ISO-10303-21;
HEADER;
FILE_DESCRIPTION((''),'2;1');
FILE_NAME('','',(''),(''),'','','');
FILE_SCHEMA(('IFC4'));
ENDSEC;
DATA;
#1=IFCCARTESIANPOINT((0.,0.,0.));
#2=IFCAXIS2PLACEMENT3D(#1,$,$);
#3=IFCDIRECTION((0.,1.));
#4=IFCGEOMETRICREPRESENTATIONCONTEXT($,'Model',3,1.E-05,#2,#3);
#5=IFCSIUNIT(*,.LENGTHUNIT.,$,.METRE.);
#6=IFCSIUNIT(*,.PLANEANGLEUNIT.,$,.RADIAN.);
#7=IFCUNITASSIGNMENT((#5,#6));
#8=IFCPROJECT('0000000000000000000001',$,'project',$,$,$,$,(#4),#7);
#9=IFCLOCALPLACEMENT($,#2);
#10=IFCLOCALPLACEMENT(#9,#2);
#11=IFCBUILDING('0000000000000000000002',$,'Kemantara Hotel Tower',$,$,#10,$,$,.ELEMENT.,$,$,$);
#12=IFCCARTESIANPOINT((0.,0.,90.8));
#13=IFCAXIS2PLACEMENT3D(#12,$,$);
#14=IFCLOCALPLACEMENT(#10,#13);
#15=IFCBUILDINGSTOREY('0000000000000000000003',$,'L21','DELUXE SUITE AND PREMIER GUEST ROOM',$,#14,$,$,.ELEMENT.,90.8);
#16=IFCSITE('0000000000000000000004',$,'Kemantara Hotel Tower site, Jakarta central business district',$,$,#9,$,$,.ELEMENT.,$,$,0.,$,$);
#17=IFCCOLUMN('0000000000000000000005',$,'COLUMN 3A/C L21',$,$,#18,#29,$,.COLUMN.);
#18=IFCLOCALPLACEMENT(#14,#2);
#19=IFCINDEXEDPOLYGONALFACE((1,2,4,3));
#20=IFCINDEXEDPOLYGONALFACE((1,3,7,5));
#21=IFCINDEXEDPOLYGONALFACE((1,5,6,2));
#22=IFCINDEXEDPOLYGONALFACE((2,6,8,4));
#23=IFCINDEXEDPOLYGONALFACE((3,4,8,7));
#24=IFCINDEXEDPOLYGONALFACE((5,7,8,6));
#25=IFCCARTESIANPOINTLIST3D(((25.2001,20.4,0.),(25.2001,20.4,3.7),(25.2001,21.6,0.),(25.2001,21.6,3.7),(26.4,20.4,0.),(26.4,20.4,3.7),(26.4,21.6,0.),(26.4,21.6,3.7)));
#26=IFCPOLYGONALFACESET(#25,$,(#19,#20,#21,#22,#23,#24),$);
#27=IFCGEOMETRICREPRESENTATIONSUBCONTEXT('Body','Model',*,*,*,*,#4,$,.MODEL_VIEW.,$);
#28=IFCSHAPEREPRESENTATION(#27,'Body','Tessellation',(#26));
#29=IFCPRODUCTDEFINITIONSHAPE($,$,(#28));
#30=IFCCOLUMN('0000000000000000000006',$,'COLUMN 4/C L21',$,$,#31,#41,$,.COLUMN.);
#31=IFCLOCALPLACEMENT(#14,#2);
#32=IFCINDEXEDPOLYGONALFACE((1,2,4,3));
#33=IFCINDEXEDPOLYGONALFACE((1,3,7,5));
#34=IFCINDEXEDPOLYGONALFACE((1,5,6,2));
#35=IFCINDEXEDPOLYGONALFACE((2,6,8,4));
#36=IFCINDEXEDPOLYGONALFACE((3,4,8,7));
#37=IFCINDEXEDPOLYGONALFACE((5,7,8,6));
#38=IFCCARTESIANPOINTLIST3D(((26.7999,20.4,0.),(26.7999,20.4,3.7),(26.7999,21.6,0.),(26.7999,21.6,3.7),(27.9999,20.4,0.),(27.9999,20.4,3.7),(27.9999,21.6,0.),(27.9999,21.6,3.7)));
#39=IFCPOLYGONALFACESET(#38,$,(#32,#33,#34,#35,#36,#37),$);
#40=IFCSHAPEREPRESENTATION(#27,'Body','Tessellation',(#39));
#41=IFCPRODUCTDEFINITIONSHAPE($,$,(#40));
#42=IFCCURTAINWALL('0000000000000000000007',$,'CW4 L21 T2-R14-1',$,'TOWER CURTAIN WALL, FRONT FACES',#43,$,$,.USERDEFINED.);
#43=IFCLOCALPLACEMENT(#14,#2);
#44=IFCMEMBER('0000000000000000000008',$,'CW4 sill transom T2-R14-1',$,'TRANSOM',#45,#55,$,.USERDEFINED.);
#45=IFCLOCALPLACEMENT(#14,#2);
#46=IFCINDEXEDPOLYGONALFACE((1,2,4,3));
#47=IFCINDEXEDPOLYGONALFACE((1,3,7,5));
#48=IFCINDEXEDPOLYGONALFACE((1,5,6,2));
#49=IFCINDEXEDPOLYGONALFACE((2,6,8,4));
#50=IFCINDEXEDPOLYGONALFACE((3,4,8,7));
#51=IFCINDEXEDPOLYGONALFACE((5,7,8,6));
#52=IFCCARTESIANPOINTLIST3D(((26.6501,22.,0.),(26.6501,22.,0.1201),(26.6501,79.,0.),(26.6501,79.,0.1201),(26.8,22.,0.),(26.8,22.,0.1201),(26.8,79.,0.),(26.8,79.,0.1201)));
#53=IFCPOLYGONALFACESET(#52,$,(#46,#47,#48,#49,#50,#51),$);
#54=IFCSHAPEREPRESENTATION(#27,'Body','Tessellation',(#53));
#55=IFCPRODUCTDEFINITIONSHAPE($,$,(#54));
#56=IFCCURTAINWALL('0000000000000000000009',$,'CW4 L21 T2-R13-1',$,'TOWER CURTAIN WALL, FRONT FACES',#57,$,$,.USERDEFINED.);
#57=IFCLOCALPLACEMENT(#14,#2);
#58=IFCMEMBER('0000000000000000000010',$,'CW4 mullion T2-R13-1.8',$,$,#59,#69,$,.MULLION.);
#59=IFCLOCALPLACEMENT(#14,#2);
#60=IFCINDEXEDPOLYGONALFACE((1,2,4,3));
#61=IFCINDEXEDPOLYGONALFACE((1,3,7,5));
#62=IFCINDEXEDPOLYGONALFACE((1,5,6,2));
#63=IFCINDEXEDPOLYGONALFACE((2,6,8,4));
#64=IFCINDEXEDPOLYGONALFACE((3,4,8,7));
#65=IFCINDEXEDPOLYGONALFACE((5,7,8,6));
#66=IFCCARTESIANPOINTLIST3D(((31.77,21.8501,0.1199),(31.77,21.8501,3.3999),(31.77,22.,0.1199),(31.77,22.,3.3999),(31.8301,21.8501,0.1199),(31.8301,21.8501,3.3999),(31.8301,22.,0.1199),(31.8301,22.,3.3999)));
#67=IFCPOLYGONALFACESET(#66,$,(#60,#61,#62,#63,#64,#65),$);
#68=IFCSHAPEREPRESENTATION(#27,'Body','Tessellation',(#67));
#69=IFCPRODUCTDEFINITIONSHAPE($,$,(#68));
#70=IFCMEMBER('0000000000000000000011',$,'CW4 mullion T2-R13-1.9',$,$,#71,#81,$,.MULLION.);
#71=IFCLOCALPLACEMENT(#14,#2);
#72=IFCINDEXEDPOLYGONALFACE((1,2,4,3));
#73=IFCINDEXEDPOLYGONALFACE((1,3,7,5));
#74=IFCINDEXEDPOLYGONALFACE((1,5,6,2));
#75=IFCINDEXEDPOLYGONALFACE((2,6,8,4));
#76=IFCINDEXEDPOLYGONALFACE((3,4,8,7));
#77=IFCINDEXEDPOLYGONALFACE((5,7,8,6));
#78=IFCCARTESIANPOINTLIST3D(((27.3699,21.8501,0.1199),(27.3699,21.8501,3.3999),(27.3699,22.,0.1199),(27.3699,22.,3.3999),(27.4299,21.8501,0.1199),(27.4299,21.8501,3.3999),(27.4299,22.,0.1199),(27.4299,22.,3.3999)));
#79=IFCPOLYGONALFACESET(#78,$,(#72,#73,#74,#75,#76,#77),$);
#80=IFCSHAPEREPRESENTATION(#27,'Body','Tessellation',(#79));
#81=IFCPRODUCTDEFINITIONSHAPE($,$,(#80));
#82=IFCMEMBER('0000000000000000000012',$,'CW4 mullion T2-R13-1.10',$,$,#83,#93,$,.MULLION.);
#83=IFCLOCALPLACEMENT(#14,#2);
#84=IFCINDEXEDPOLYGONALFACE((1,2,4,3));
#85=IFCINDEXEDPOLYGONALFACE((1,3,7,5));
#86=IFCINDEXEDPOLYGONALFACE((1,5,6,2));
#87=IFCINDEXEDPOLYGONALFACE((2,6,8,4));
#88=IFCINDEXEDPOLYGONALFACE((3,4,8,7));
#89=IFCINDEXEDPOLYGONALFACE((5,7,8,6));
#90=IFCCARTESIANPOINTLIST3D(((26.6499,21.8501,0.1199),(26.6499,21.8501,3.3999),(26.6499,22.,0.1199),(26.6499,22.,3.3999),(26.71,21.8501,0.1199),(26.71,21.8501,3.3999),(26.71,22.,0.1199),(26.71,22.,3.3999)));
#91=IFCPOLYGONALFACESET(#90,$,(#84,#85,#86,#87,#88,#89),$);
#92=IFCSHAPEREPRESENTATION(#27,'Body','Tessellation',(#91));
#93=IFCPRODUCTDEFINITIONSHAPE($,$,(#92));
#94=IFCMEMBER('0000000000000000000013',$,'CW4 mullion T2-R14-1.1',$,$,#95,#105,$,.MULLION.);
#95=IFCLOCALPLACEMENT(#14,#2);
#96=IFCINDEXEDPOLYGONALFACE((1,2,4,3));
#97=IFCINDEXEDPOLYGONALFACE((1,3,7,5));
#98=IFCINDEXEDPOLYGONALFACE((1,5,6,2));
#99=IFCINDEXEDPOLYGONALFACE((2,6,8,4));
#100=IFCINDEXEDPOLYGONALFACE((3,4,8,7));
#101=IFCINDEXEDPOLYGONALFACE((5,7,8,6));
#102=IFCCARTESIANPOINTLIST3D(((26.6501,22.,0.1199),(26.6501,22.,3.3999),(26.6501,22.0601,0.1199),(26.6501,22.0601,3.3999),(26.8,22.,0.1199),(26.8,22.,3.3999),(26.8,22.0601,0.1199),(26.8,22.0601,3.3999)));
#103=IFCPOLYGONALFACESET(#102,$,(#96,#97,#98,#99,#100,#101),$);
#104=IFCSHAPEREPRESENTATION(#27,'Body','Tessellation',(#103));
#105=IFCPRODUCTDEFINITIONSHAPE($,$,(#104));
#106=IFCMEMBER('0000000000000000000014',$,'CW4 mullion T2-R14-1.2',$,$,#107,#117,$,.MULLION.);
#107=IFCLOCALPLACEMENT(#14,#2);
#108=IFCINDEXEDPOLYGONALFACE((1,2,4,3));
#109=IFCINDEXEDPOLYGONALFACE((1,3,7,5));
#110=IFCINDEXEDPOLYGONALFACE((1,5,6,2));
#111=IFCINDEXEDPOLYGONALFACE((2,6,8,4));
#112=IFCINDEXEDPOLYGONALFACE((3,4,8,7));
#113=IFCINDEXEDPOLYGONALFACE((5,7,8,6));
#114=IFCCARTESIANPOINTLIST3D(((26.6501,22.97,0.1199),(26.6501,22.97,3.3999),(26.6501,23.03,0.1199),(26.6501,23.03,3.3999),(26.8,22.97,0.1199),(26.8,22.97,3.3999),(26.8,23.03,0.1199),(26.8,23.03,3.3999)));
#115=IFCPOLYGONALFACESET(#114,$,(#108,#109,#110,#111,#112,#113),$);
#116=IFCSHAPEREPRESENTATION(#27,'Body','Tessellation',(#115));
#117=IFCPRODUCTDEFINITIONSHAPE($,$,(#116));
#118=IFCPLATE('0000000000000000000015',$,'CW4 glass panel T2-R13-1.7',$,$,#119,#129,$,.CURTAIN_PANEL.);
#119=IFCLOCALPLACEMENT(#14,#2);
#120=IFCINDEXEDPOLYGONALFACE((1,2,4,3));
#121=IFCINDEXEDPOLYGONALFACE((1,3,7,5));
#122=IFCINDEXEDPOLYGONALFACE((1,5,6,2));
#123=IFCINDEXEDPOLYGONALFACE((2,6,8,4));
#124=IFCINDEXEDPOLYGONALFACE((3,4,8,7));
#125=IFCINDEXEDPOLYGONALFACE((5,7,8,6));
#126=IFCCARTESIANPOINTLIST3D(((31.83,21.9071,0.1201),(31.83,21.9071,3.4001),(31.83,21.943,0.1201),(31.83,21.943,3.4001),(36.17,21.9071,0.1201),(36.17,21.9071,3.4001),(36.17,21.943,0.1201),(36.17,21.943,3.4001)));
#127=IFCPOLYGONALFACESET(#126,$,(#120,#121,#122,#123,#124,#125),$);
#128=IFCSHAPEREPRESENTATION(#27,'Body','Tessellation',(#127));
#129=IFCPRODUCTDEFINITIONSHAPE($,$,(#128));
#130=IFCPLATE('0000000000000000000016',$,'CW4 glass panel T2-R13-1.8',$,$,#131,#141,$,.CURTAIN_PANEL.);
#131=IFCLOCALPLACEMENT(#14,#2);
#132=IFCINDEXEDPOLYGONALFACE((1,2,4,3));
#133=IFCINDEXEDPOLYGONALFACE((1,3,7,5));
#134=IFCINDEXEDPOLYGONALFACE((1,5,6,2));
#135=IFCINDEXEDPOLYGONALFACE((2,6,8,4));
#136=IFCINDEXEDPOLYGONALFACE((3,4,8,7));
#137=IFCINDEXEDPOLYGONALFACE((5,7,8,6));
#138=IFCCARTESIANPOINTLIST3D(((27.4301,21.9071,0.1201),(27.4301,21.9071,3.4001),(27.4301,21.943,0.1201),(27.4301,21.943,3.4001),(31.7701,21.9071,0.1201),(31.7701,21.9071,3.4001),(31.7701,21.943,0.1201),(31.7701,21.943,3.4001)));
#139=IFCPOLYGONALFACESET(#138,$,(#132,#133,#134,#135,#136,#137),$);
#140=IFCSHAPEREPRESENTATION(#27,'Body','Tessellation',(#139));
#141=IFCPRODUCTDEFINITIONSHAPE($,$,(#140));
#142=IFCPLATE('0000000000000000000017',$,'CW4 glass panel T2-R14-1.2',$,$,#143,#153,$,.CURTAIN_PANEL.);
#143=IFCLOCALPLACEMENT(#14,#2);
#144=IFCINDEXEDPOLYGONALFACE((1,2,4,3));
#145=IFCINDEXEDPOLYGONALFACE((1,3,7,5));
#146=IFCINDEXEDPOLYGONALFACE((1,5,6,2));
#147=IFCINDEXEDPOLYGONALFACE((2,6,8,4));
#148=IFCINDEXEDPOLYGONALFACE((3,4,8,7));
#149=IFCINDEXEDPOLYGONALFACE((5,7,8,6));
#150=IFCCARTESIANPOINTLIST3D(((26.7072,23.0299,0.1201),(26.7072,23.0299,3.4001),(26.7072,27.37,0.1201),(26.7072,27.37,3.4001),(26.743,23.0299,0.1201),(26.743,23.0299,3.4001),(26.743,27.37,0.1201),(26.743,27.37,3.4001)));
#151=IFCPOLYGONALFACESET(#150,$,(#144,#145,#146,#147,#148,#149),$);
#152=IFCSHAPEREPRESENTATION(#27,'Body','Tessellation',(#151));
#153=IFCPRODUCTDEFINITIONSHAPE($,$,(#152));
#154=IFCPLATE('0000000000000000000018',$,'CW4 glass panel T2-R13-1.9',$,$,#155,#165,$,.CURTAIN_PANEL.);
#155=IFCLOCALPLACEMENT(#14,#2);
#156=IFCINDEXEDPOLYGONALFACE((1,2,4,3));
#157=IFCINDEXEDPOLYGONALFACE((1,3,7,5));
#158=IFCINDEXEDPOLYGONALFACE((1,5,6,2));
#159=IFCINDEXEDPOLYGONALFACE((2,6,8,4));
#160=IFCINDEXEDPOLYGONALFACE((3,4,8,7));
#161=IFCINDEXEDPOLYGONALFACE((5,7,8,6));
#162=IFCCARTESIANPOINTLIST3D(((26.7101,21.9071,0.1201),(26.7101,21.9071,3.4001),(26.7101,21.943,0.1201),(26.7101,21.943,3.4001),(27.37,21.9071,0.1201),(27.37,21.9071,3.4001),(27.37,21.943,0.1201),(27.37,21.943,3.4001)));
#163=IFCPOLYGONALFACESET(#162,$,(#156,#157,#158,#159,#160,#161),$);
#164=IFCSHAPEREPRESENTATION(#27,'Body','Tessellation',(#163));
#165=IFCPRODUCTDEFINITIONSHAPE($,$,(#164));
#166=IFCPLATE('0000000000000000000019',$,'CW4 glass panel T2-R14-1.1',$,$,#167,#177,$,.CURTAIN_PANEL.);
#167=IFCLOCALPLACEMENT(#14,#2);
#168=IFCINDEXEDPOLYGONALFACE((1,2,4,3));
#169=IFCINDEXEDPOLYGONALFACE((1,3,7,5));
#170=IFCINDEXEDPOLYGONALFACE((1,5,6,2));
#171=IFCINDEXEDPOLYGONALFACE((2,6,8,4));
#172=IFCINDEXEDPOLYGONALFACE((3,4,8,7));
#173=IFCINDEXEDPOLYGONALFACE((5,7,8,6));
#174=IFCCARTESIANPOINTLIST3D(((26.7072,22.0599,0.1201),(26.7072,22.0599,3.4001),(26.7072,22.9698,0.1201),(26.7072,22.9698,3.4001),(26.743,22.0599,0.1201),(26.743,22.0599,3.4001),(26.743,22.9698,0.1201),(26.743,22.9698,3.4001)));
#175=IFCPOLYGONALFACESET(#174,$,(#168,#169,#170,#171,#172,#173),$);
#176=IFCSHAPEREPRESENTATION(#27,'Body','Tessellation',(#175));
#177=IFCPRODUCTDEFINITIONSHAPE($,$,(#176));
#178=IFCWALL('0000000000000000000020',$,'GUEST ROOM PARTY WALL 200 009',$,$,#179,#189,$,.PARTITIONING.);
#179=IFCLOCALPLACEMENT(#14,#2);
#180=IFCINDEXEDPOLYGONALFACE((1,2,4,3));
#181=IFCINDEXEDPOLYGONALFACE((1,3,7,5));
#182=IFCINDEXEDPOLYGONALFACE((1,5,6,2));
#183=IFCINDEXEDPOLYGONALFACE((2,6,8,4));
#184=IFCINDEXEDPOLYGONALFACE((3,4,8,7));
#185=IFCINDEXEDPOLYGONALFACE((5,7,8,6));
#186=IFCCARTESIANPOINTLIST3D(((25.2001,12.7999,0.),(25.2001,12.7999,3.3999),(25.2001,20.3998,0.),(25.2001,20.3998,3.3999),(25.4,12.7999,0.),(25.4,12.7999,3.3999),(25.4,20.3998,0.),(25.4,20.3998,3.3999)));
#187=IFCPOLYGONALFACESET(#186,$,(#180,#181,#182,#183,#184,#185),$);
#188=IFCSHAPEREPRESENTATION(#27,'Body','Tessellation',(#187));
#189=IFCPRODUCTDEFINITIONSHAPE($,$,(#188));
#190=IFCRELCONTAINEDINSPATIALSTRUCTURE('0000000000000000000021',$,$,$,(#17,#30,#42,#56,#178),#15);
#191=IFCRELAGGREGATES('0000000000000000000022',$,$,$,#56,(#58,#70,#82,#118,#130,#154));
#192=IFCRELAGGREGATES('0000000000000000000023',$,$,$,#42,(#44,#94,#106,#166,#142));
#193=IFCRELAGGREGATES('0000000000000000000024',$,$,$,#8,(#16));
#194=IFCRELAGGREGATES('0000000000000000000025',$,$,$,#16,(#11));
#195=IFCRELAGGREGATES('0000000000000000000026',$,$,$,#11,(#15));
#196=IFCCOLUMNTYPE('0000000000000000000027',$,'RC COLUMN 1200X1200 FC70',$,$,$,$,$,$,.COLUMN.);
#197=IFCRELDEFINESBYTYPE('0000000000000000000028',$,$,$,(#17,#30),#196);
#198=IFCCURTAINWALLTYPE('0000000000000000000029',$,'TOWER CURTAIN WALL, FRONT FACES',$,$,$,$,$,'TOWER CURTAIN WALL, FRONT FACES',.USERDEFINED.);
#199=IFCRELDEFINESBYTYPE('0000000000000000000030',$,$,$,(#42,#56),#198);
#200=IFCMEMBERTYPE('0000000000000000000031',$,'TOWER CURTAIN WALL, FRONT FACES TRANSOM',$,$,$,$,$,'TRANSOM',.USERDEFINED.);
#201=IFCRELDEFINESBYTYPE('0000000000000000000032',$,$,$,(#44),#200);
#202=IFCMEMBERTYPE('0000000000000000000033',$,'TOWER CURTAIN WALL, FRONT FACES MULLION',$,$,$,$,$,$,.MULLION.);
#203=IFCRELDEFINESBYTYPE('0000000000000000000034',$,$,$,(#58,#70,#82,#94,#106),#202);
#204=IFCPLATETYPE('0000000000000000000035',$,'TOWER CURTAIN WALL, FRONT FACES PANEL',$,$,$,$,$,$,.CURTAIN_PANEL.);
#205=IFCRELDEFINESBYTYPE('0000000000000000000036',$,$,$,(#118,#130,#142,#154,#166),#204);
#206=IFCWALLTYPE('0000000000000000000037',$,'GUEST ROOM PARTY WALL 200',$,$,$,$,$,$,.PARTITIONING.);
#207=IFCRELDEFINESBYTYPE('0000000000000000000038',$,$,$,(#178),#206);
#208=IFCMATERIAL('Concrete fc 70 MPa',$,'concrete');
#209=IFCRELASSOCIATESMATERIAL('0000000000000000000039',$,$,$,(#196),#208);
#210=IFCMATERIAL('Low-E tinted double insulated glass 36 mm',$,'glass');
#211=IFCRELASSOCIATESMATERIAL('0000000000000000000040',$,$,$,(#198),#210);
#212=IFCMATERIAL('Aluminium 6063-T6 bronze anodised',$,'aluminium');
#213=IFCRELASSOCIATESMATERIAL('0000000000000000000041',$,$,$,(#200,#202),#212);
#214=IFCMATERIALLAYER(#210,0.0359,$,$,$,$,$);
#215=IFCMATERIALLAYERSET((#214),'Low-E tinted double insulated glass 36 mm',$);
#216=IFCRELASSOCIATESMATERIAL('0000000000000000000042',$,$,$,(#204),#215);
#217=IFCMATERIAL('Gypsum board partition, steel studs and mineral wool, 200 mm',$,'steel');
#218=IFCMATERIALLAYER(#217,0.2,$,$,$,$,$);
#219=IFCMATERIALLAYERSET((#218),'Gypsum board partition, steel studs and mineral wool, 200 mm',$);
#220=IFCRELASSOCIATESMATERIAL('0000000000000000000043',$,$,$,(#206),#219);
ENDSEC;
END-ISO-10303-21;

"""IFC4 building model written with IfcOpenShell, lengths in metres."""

from ifc_helpers import new_model, si_unit, direction, frame, frame_2d, origin, origin_2d, place, context, subcontext, project, spatial, rectangle, extrude, source, transform, mapped, material, layer, layer_set, material_profile, profile_set, type_object, element, aggregate, save


model = new_model("IFC4")

# Units and contexts
model_context = context("Model", 3, precision=1e-05, world=origin(), true_north=direction((0.0, 1.0)))
body_context = subcontext(model_context, "Body", "Model", "MODEL_VIEW")
ifc_project = project(units=[si_unit("LENGTHUNIT", "METRE"), si_unit("PLANEANGLEUNIT", "RADIAN")], contexts=[model_context])

# Site, building, storey
site_placement = place(None, origin())
site = spatial("IfcSite", under=ifc_project, at=site_placement, Name="Kemantara Hotel Tower site, Jakarta central business district", CompositionType="ELEMENT", RefElevation=0.0)
building_placement = place(site_placement, origin())
building = spatial("IfcBuilding", under=site, at=building_placement, Name="Kemantara Hotel Tower", CompositionType="ELEMENT")
storey_placement = place(building_placement, frame((0.0, 0.0, 90.8)))
storey = spatial("IfcBuildingStorey", under=building, at=storey_placement, Name="L21", Description="DELUXE SUITE AND PREMIER GUEST ROOM", CompositionType="ELEMENT", Elevation=90.8)

# Columns
ifc_material_1 = material(Name="Concrete fc 70 MPa", Category="concrete")
ifc_material_profile_1 = material_profile(ifc_material_1, rectangle(XDim=1.2, YDim=1.2, at=origin_2d()), Name="RC 1200X1200")
ifc_profile_set_1 = profile_set([ifc_material_profile_1], Name="Concrete fc 70 MPa")
column_type = type_object("IfcColumnType", Name="RC COLUMN 1200X1200 FC70", PredefinedType="COLUMN", material=ifc_profile_set_1)
for number, where, z_axis, x_axis, name in (
    (1, (25.8, 21.0, 0.0), (0.0, 0.0, 1.0), (1.0, 0.0, 0.0), "COLUMN 3A/C L21"),
    (2, (27.3999, 21.0, 0.0), (0.0, 0.0, 1.0), (1.0, 0.0, 0.0), "COLUMN 4/C L21"),
):
    element("IfcColumn", number, at=place(storey_placement, frame(where, z_axis=z_axis, x_axis=x_axis)), inside=storey, type_object=column_type, Name=name, PredefinedType="COLUMN", context=body_context, shape_type="SweptSolid", body=[
        extrude(rectangle(XDim=1.2, YDim=1.2, at=origin_2d()), origin(), (0.0, 0.0, 1.0), 3.7),
    ])

# Curtain wall, member
ifc_material_2 = material(Name="Low-E tinted double insulated glass 36 mm", Category="glass")
curtain_wall_type = type_object("IfcCurtainWallType", Name="TOWER CURTAIN WALL, FRONT FACES", ElementType="TOWER CURTAIN WALL, FRONT FACES", PredefinedType="USERDEFINED", material=ifc_material_2)
curtain_wall_1_placement = place(storey_placement, origin())
curtain_wall_1 = element("IfcCurtainWall", 3, at=curtain_wall_1_placement, inside=storey, type_object=curtain_wall_type, Name="CW4 L21 T2-R14-1", ObjectType="TOWER CURTAIN WALL, FRONT FACES", PredefinedType="USERDEFINED")
ifc_material_3 = material(Name="Aluminium 6063-T6 bronze anodised", Category="aluminium")
ifc_material_profile_2 = material_profile(ifc_material_3, rectangle(XDim=0.1499, YDim=0.1201, at=origin_2d()), Name="TOWER CURTAIN WALL, FRONT FACES TRANSOM")
ifc_profile_set_2 = profile_set([ifc_material_profile_2], Name="Aluminium 6063-T6 bronze anodised")
member_type_1 = type_object("IfcMemberType", Name="TOWER CURTAIN WALL, FRONT FACES TRANSOM", ElementType="TRANSOM", PredefinedType="USERDEFINED", material=ifc_profile_set_2)
member_1_placement = place(storey_placement, frame((26.7251, 22.0, 0.0601), z_axis=(0.0, 1.0, 0.0), x_axis=(-1.0, 0.0, 0.0)))
member_1 = element("IfcMember", 4, at=member_1_placement, type_object=member_type_1, Name="CW4 sill transom T2-R14-1", ObjectType="TRANSOM", PredefinedType="USERDEFINED", context=body_context, shape_type="SweptSolid", body=[
    extrude(rectangle(XDim=0.1499, YDim=0.1201, at=origin_2d()), origin(), (0.0, 0.0, 1.0), 57.0),
])

# Curtain wall, members
curtain_wall_2_placement = place(storey_placement, origin())
curtain_wall_2 = element("IfcCurtainWall", 5, at=curtain_wall_2_placement, inside=storey, type_object=curtain_wall_type, Name="CW4 L21 T2-R13-1", ObjectType="TOWER CURTAIN WALL, FRONT FACES", PredefinedType="USERDEFINED")
ifc_material_profile_3 = material_profile(ifc_material_3, rectangle(XDim=0.1499, YDim=0.0601, at=origin_2d()), Name="TOWER CURTAIN WALL, FRONT FACES MULLION")
ifc_profile_set_3 = profile_set([ifc_material_profile_3], Name="Aluminium 6063-T6 bronze anodised")
member_type_2 = type_object("IfcMemberType", Name="TOWER CURTAIN WALL, FRONT FACES MULLION", PredefinedType="MULLION", material=ifc_profile_set_3)
shared_shape_1 = source(origin(), body_context, "Body", "SweptSolid", [
    extrude(rectangle(XDim=0.1499, YDim=0.0601, at=origin_2d()), origin(), (0.0, 0.0, 1.0), 3.28),
])
member_2_placement = place(storey_placement, frame((31.8, 21.925, 0.1199), z_axis=(0.0, 0.0, 1.0), x_axis=(0.0, -1.0, 0.0)))
member_2 = element("IfcMember", 6, at=member_2_placement, type_object=member_type_2, Name="CW4 mullion T2-R13-1.8", PredefinedType="MULLION", context=body_context, shape_type="MappedRepresentation", body=[
    mapped(shared_shape_1, transform((0.0, 0.0, 0.0))),
])
member_3_placement = place(storey_placement, frame((27.3999, 21.925, 0.1199), z_axis=(0.0, 0.0, 1.0), x_axis=(0.0, -1.0, 0.0)))
member_3 = element("IfcMember", 7, at=member_3_placement, type_object=member_type_2, Name="CW4 mullion T2-R13-1.9", PredefinedType="MULLION", context=body_context, shape_type="MappedRepresentation", body=[
    mapped(shared_shape_1, transform((0.0, 0.0, 0.0))),
])
member_4_placement = place(storey_placement, frame((26.6799, 21.925, 0.1199), z_axis=(0.0, 0.0, 1.0), x_axis=(0.0, -1.0, 0.0)))
member_4 = element("IfcMember", 8, at=member_4_placement, type_object=member_type_2, Name="CW4 mullion T2-R13-1.10", PredefinedType="MULLION", context=body_context, shape_type="MappedRepresentation", body=[
    mapped(shared_shape_1, transform((0.0, 0.0, 0.0))),
])

# Members
member_5_placement = place(storey_placement, frame((26.7251, 22.03, 0.1199), z_axis=(0.0, 0.0, 1.0), x_axis=(-1.0, 0.0, 0.0)))
member_5 = element("IfcMember", 9, at=member_5_placement, type_object=member_type_2, Name="CW4 mullion T2-R14-1.1", PredefinedType="MULLION", context=body_context, shape_type="MappedRepresentation", body=[
    mapped(shared_shape_1, transform((0.0, 0.0, 0.0))),
])
member_6_placement = place(storey_placement, frame((26.7251, 23.0, 0.1199), z_axis=(0.0, 0.0, 1.0), x_axis=(-1.0, 0.0, 0.0)))
member_6 = element("IfcMember", 10, at=member_6_placement, type_object=member_type_2, Name="CW4 mullion T2-R14-1.2", PredefinedType="MULLION", context=body_context, shape_type="MappedRepresentation", body=[
    mapped(shared_shape_1, transform((0.0, 0.0, 0.0))),
])

# Plates
ifc_layer_1 = layer(ifc_material_2, 0.0359)
ifc_layer_set_1 = layer_set([ifc_layer_1], Name="Low-E tinted double insulated glass 36 mm")
plate_type = type_object("IfcPlateType", Name="TOWER CURTAIN WALL, FRONT FACES PANEL", PredefinedType="CURTAIN_PANEL", material=ifc_layer_set_1)
shared_shape_2 = source(origin(), body_context, "Body", "SweptSolid", [
    extrude(rectangle(XDim=4.3401, YDim=0.0359, at=origin_2d()), origin(), (0.0, 0.0, 1.0), 3.28),
])
plate_1_placement = place(storey_placement, frame((34.0, 21.925, 0.1201), z_axis=(0.0, 0.0, 1.0), x_axis=(-1.0, 0.0, 0.0)))
plate_1 = element("IfcPlate", 11, at=plate_1_placement, type_object=plate_type, Name="CW4 glass panel T2-R13-1.7", PredefinedType="CURTAIN_PANEL", context=body_context, shape_type="MappedRepresentation", body=[
    mapped(shared_shape_2, transform((0.0, 0.0, 0.0))),
])
plate_2_placement = place(storey_placement, frame((29.6001, 21.925, 0.1201), z_axis=(0.0, 0.0, 1.0), x_axis=(-1.0, 0.0, 0.0)))
plate_2 = element("IfcPlate", 12, at=plate_2_placement, type_object=plate_type, Name="CW4 glass panel T2-R13-1.8", PredefinedType="CURTAIN_PANEL", context=body_context, shape_type="MappedRepresentation", body=[
    mapped(shared_shape_2, transform((0.0, 0.0, 0.0))),
])
plate_3_placement = place(storey_placement, frame((26.7251, 25.2, 0.1201), z_axis=(0.0, 0.0, 1.0), x_axis=(0.0, 1.0, 0.0)))
plate_3 = element("IfcPlate", 13, at=plate_3_placement, type_object=plate_type, Name="CW4 glass panel T2-R14-1.2", PredefinedType="CURTAIN_PANEL", context=body_context, shape_type="MappedRepresentation", body=[
    mapped(shared_shape_2, transform((0.0, 0.0, 0.0))),
])
shared_shape_3 = source(origin(), body_context, "Body", "SweptSolid", [
    extrude(rectangle(XDim=0.6599, YDim=0.0359, at=origin_2d()), origin(), (0.0, 0.0, 1.0), 3.28),
])
plate_4_placement = place(storey_placement, frame((27.04, 21.925, 0.1201), z_axis=(0.0, 0.0, 1.0), x_axis=(-1.0, 0.0, 0.0)))
plate_4 = element("IfcPlate", 14, at=plate_4_placement, type_object=plate_type, Name="CW4 glass panel T2-R13-1.9", PredefinedType="CURTAIN_PANEL", context=body_context, shape_type="MappedRepresentation", body=[
    mapped(shared_shape_3, transform((0.0, 0.0, 0.0))),
])
aggregate(curtain_wall_2, [member_2, member_3, member_4, plate_1, plate_2, plate_4])
shared_shape_4 = source(origin(), body_context, "Body", "SweptSolid", [
    extrude(rectangle(XDim=0.9099, YDim=0.0359, at=origin_2d()), origin(), (0.0, 0.0, 1.0), 3.28),
])
plate_5_placement = place(storey_placement, frame((26.7251, 22.5149, 0.1201), z_axis=(0.0, 0.0, 1.0), x_axis=(0.0, 1.0, 0.0)))
plate_5 = element("IfcPlate", 15, at=plate_5_placement, type_object=plate_type, Name="CW4 glass panel T2-R14-1.1", PredefinedType="CURTAIN_PANEL", context=body_context, shape_type="MappedRepresentation", body=[
    mapped(shared_shape_4, transform((0.0, 0.0, 0.0))),
])
aggregate(curtain_wall_1, [member_1, member_5, member_6, plate_5, plate_3])

# Wall
ifc_material_4 = material(Name="Gypsum board partition, steel studs and mineral wool, 200 mm", Category="steel")
ifc_layer_2 = layer(ifc_material_4, 0.2)
ifc_layer_set_2 = layer_set([ifc_layer_2], Name="Gypsum board partition, steel studs and mineral wool, 200 mm")
wall_type_1 = type_object("IfcWallType", Name="GUEST ROOM PARTY WALL 200", PredefinedType="PARTITIONING", material=ifc_layer_set_2)
wall_1_placement = place(storey_placement, frame((25.3, 12.8, 0.0), z_axis=(0.0, 0.0, 1.0), x_axis=(0.0, 1.0, 0.0)))
element("IfcWall", 16, at=wall_1_placement, inside=storey, type_object=wall_type_1, Name="GUEST ROOM PARTY WALL 200 009", PredefinedType="PARTITIONING", context=body_context, shape_type="SweptSolid", body=[
    extrude(rectangle(XDim=7.5999, YDim=0.2, at=frame_2d((3.7998, 0.0))), origin(), (0.0, 0.0, 1.0), 3.3999),
])

save(model, "model.ifc")
